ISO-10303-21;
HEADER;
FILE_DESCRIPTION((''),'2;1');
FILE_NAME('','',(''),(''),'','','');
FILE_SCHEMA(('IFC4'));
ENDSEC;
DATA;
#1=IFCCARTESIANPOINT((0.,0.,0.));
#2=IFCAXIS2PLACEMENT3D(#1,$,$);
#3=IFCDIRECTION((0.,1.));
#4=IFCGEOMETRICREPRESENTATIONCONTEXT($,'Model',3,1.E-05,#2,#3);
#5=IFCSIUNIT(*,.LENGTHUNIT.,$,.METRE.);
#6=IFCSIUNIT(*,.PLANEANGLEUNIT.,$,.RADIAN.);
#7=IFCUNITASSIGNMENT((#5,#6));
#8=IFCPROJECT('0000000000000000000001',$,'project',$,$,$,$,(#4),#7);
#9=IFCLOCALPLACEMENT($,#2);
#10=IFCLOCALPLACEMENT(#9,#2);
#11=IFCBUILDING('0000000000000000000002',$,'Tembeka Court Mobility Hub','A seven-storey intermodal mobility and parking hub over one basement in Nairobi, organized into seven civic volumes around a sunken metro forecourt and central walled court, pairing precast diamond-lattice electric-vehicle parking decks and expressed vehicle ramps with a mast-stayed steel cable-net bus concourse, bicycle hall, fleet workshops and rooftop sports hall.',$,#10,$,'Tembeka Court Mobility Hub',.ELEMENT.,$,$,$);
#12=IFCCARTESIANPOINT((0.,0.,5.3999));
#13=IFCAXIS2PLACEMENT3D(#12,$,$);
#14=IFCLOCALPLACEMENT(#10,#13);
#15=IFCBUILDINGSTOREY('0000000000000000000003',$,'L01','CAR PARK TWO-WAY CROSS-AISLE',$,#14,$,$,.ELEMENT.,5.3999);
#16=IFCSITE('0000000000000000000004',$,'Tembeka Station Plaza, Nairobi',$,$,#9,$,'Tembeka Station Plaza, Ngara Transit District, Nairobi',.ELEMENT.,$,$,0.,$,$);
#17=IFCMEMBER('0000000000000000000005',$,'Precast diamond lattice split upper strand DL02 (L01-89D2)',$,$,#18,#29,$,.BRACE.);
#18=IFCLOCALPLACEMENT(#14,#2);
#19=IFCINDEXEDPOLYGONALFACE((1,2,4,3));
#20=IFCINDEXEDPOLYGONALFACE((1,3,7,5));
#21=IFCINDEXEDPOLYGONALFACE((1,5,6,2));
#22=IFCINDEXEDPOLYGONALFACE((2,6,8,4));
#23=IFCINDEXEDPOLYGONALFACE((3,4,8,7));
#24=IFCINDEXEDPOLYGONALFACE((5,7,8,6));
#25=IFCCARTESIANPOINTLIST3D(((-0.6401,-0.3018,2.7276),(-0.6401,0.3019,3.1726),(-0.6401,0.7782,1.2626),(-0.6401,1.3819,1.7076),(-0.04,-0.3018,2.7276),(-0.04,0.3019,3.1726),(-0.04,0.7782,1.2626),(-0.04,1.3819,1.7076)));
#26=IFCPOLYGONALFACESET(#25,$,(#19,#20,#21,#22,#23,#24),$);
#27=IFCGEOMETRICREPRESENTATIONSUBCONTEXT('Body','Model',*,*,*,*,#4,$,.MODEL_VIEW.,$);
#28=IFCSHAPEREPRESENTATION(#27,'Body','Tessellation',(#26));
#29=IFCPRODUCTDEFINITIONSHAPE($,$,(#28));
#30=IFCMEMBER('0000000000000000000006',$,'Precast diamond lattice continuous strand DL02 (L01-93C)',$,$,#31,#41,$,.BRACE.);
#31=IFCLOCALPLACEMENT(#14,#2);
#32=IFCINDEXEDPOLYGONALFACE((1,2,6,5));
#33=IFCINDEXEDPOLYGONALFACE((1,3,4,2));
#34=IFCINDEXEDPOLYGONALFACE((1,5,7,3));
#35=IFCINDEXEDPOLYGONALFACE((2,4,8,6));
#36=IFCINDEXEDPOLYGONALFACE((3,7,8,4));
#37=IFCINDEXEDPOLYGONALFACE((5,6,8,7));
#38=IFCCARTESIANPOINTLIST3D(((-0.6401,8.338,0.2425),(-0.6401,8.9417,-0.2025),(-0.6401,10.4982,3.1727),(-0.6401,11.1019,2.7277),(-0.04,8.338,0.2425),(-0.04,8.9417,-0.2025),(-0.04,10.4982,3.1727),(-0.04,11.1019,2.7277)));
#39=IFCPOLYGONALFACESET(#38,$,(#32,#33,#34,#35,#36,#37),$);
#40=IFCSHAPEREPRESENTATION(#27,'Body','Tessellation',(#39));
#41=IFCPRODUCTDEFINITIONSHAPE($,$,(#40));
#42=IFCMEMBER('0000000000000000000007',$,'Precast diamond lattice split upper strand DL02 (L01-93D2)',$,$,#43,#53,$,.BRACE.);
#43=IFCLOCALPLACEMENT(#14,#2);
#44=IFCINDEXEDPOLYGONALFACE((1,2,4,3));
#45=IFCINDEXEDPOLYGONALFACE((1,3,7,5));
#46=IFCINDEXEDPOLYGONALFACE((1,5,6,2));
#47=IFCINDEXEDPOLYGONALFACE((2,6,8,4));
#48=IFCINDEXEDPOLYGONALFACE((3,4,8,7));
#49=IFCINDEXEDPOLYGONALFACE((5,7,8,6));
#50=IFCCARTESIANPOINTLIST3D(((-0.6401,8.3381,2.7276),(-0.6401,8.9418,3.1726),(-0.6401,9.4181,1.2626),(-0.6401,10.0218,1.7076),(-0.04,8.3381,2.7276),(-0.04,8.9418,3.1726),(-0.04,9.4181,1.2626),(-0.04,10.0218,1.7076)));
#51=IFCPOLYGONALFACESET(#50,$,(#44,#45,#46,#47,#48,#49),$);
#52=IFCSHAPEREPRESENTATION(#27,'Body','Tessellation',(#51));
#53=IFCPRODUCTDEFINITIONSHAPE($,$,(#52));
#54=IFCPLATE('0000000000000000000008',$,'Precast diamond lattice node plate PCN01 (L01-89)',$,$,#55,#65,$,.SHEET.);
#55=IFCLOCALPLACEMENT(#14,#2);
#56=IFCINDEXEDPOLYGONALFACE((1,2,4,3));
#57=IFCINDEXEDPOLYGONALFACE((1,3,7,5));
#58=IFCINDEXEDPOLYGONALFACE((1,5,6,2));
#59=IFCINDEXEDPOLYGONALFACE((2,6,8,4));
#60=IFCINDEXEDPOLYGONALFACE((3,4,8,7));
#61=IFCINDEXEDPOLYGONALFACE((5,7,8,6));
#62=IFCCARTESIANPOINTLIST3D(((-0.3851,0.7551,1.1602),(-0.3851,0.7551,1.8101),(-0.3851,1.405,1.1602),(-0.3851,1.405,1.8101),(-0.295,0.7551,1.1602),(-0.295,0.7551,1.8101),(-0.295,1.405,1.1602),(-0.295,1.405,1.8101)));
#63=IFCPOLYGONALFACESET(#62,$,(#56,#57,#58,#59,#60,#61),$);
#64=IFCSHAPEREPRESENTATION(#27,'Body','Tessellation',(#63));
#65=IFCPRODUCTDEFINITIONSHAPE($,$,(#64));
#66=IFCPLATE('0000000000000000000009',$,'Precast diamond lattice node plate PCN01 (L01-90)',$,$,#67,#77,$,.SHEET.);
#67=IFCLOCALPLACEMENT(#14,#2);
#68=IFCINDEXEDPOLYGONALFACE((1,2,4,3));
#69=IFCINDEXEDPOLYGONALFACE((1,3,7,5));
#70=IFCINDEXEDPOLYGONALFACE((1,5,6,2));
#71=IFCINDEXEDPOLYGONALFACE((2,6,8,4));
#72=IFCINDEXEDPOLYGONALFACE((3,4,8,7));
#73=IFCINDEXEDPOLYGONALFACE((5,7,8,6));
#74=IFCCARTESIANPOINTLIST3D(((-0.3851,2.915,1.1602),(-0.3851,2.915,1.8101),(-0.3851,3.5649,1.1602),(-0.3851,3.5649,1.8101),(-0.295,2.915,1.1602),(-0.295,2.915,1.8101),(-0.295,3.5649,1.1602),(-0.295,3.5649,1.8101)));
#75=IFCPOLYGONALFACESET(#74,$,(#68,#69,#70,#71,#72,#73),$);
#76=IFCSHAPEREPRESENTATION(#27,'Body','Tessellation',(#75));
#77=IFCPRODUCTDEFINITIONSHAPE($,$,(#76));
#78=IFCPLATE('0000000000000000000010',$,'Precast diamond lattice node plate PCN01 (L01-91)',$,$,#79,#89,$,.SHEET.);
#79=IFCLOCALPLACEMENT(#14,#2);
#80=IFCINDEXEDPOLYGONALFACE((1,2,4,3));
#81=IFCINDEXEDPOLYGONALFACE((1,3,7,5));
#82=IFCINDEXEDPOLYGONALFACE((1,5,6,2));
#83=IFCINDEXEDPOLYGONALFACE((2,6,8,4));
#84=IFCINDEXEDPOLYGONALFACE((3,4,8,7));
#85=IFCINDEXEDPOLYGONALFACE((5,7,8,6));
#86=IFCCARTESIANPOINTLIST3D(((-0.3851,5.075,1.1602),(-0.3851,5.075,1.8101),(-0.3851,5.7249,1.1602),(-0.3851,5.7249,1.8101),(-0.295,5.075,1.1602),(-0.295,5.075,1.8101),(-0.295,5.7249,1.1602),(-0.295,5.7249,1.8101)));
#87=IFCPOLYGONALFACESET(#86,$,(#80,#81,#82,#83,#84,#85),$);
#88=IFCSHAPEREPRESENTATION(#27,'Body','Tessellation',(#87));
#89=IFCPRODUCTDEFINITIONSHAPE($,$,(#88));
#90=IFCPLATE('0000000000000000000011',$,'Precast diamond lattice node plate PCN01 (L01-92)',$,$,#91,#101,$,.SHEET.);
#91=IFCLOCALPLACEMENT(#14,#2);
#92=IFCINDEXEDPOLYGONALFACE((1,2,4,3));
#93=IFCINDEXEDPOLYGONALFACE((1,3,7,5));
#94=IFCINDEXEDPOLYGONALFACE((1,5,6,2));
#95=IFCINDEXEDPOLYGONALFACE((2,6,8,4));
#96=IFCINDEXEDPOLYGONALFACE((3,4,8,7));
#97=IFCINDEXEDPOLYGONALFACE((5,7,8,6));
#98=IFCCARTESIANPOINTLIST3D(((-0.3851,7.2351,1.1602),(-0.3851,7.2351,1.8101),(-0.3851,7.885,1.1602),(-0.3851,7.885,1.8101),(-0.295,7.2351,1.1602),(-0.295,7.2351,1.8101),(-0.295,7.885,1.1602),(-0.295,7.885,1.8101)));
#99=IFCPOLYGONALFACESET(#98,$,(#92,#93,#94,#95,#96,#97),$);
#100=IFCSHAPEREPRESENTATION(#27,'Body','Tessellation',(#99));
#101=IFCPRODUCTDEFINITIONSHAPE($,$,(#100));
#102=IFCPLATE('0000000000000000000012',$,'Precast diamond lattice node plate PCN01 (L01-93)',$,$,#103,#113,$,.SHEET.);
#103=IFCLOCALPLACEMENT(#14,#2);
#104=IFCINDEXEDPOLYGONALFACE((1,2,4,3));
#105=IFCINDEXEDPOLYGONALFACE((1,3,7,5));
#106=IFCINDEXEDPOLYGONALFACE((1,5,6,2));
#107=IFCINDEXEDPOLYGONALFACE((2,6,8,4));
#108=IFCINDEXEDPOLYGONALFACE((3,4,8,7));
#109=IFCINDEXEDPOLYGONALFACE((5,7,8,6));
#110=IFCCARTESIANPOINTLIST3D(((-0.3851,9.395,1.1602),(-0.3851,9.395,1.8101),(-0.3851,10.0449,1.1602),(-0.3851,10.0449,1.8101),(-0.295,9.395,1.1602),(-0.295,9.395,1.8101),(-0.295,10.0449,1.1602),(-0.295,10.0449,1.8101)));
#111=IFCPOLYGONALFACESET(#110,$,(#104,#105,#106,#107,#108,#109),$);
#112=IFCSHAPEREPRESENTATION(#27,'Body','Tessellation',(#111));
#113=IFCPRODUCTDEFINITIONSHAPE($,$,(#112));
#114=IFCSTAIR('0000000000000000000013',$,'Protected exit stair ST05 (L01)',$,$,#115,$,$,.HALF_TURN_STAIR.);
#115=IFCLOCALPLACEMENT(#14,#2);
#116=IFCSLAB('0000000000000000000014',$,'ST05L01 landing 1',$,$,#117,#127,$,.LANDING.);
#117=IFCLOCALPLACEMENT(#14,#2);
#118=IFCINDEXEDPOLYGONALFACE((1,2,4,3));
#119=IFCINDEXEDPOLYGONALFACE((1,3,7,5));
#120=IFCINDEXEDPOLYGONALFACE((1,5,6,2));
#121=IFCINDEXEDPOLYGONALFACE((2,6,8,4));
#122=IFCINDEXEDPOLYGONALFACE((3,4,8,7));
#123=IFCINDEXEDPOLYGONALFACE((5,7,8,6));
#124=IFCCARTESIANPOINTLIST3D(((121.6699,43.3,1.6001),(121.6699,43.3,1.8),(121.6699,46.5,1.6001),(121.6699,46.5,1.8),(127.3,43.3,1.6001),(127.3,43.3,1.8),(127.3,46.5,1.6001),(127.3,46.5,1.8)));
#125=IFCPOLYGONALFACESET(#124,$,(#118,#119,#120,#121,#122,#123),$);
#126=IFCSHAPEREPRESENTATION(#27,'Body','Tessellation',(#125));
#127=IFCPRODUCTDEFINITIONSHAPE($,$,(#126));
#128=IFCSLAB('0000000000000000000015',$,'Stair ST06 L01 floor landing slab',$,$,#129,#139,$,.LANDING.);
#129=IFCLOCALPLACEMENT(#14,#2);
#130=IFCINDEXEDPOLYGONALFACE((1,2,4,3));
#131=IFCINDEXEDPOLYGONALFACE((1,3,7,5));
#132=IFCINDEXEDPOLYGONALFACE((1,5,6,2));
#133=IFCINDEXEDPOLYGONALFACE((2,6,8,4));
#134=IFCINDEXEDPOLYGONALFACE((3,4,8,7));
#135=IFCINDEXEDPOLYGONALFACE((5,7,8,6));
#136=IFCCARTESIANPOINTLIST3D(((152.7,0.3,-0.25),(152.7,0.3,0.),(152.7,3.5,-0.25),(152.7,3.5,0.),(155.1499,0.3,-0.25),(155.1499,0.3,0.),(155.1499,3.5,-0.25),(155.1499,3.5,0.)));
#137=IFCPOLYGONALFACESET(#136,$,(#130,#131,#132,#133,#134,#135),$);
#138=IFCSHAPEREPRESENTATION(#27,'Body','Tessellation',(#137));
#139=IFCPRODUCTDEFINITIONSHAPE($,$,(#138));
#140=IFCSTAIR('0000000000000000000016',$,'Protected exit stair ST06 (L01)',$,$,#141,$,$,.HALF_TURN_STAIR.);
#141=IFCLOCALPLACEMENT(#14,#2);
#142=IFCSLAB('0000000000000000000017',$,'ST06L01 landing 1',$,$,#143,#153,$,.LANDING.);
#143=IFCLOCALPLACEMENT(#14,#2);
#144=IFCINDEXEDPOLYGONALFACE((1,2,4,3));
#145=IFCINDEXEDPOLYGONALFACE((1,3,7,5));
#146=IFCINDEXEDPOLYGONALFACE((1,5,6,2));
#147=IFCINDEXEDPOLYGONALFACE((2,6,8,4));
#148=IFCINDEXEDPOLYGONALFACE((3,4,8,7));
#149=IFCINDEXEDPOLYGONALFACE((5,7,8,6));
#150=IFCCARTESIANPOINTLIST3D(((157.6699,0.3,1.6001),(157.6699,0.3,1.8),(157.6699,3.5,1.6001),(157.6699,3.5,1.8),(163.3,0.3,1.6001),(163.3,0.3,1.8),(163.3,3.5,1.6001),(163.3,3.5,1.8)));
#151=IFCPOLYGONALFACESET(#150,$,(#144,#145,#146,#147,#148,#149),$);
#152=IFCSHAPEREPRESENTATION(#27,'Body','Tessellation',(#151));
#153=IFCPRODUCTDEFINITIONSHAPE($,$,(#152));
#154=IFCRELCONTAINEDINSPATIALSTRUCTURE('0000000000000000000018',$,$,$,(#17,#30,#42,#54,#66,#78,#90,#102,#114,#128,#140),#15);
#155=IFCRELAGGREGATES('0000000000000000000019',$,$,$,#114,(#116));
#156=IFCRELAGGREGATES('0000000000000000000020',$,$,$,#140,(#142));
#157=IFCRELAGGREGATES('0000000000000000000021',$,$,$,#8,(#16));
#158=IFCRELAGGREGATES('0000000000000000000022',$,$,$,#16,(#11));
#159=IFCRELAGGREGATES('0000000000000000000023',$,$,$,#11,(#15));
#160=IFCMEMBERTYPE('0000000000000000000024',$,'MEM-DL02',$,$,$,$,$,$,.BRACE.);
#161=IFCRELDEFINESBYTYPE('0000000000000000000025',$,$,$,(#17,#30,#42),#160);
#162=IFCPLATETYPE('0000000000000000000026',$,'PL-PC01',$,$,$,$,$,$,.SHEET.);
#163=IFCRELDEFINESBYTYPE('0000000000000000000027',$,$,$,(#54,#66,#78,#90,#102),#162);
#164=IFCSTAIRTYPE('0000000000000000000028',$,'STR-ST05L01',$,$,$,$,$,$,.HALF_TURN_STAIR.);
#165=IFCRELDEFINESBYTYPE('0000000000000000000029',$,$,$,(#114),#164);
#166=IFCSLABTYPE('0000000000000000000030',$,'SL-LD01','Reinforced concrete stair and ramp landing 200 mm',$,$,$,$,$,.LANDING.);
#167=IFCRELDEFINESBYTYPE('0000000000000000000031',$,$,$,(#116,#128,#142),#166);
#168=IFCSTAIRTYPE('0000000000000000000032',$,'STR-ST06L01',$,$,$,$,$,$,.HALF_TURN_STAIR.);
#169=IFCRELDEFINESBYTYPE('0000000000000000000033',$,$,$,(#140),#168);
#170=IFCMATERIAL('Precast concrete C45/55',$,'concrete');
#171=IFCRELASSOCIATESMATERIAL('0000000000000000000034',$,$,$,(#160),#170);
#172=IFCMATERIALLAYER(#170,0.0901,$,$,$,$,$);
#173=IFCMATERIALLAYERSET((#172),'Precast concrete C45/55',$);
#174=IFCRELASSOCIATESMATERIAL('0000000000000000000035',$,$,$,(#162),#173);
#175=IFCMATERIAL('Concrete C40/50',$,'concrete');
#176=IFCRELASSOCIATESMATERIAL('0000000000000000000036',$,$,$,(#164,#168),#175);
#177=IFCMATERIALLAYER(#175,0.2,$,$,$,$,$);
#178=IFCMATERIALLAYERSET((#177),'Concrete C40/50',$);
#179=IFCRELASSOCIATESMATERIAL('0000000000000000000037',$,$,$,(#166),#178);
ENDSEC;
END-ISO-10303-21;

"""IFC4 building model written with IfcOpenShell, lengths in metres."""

from ifc_helpers import new_model, si_unit, direction, frame, origin, origin_2d, place, context, subcontext, project, spatial, polyline, rectangle, outline, extrude, material, layer, layer_set, material_profile, profile_set, type_object, element, aggregate, save


model = new_model("IFC4")

# Units and contexts
model_context = context("Model", 3, precision=1e-05, world=origin(), true_north=direction((0.0, 1.0)))
body_context = subcontext(model_context, "Body", "Model", "MODEL_VIEW")
ifc_project = project(units=[si_unit("LENGTHUNIT", "METRE"), si_unit("PLANEANGLEUNIT", "RADIAN")], contexts=[model_context])

# Site, building, storey
site_placement = place(None, origin())
site = spatial("IfcSite", under=ifc_project, at=site_placement, Name="Tembeka Station Plaza, Nairobi", LongName="Tembeka Station Plaza, Ngara Transit District, Nairobi", CompositionType="ELEMENT", RefElevation=0.0)
building_placement = place(site_placement, origin())
building = spatial("IfcBuilding", under=site, at=building_placement, Name="Tembeka Court Mobility Hub", Description="A seven-storey intermodal mobility and parking hub over one basement in Nairobi, organized into seven civic volumes around a sunken metro forecourt and central walled court, pairing precast diamond-lattice electric-vehicle parking decks and expressed vehicle ramps with a mast-stayed steel cable-net bus concourse, bicycle hall, fleet workshops and rooftop sports hall.", LongName="Tembeka Court Mobility Hub", CompositionType="ELEMENT")
storey_placement = place(building_placement, frame((0.0, 0.0, 5.3999)))
storey = spatial("IfcBuildingStorey", under=building, at=storey_placement, Name="L01", Description="CAR PARK TWO-WAY CROSS-AISLE", CompositionType="ELEMENT", Elevation=5.3999)

# Members
ifc_material_1 = material(Name="Precast concrete C45/55", Category="concrete")
ifc_material_profile_1 = material_profile(ifc_material_1, rectangle(XDim=0.6001, YDim=0.75, at=origin_2d()), Name="PC-DIAG 600x750")
ifc_profile_set_1 = profile_set([ifc_material_profile_1], Name="Precast concrete C45/55")
member_type_1 = type_object("IfcMemberType", Name="MEM-DL02", PredefinedType="BRACE", material=ifc_profile_set_1)
for number, where, z_axis, x_axis, name in (
    (1, (-0.3401, 1.0801, 1.4851), (0.0, -0.593391, 0.804914), (1.0, 0.0, 0.0), "Precast diamond lattice split upper strand DL02 (L01-89D2)"),
):
    element("IfcMember", number, at=place(storey_placement, frame(where, z_axis=z_axis, x_axis=x_axis)), inside=storey, type_object=member_type_1, Name=name, PredefinedType="BRACE", context=body_context, shape_type="SweptSolid", body=[
        extrude(rectangle(XDim=0.6001, YDim=0.75, at=origin_2d()), origin(), (0.0, 0.0, 1.0), 1.8201),
    ])
member_1_placement = place(storey_placement, frame((-0.3401, 8.6399, 0.02), z_axis=(0.0, 0.593391, 0.804914), x_axis=(-1.0, 0.0, 0.0)))
element("IfcMember", 2, at=member_1_placement, inside=storey, type_object=member_type_1, Name="Precast diamond lattice continuous strand DL02 (L01-93C)", PredefinedType="BRACE", context=body_context, shape_type="SweptSolid", body=[
    extrude(rectangle(XDim=0.6001, YDim=0.75, at=origin_2d()), origin(), (0.0, 0.0, 1.0), 3.6404),
])
member_2_placement = place(storey_placement, frame((-0.3401, 9.72, 1.4851), z_axis=(0.0, -0.593391, 0.804914), x_axis=(1.0, 0.0, 0.0)))
element("IfcMember", 3, at=member_2_placement, inside=storey, type_object=member_type_1, Name="Precast diamond lattice split upper strand DL02 (L01-93D2)", PredefinedType="BRACE", context=body_context, shape_type="SweptSolid", body=[
    extrude(rectangle(XDim=0.6001, YDim=0.75, at=origin_2d()), origin(), (0.0, 0.0, 1.0), 1.8201),
])

# Plates
ifc_layer_1 = layer(ifc_material_1, 0.0901)
ifc_layer_set_1 = layer_set([ifc_layer_1], Name="Precast concrete C45/55")
plate_type = type_object("IfcPlateType", Name="PL-PC01", PredefinedType="SHEET", material=ifc_layer_set_1)
for number, where, z_axis, x_axis, name in (
    (4, (-0.3401, 1.0801, 1.1602), (0.0, 0.0, 1.0), (1.0, 0.0, 0.0), "Precast diamond lattice node plate PCN01 (L01-89)"),
    (5, (-0.3401, 3.24, 1.1602), (0.0, 0.0, 1.0), (1.0, 0.0, 0.0), "Precast diamond lattice node plate PCN01 (L01-90)"),
    (6, (-0.3401, 5.3999, 1.1602), (0.0, 0.0, 1.0), (1.0, 0.0, 0.0), "Precast diamond lattice node plate PCN01 (L01-91)"),
    (7, (-0.3401, 7.5601, 1.1602), (0.0, 0.0, 1.0), (1.0, 0.0, 0.0), "Precast diamond lattice node plate PCN01 (L01-92)"),
    (8, (-0.3401, 9.72, 1.1602), (0.0, 0.0, 1.0), (1.0, 0.0, 0.0), "Precast diamond lattice node plate PCN01 (L01-93)"),
):
    element("IfcPlate", number, at=place(storey_placement, frame(where, z_axis=z_axis, x_axis=x_axis)), inside=storey, type_object=plate_type, Name=name, PredefinedType="SHEET", context=body_context, shape_type="SweptSolid", body=[
        extrude(rectangle(XDim=0.0901, YDim=0.6499, at=origin_2d()), origin(), (0.0, 0.0, 1.0), 0.6499),
    ])

# Stair, slab
ifc_material_2 = material(Name="Concrete C40/50", Category="concrete")
stair_type_1 = type_object("IfcStairType", Name="STR-ST05L01", PredefinedType="HALF_TURN_STAIR", material=ifc_material_2)
stair_1_placement = place(storey_placement, origin())
stair_1 = element("IfcStair", 9, at=stair_1_placement, inside=storey, type_object=stair_type_1, Name="Protected exit stair ST05 (L01)", PredefinedType="HALF_TURN_STAIR")
ifc_layer_2 = layer(ifc_material_2, 0.2)
ifc_layer_set_2 = layer_set([ifc_layer_2], Name="Concrete C40/50")
slab_type = type_object("IfcSlabType", Name="SL-LD01", Description="Reinforced concrete stair and ramp landing 200 mm", PredefinedType="LANDING", material=ifc_layer_set_2)
slab_1_placement = place(storey_placement, frame((0.0, 0.0, 1.6001)))
slab_1 = element("IfcSlab", 10, at=slab_1_placement, type_object=slab_type, Name="ST05L01 landing 1", PredefinedType="LANDING", context=body_context, shape_type="SweptSolid", body=[
    extrude(outline(polyline([(121.6699, 43.3), (127.3, 43.3), (127.3, 46.5), (121.6699, 46.5), (121.6699, 43.3)])), origin(), (0.0, 0.0, 1.0), 0.2),
])
aggregate(stair_1, [slab_1])

# Slab
slab_2_placement = place(storey_placement, frame((0.0, 0.0, -0.25)))
element("IfcSlab", 11, at=slab_2_placement, inside=storey, type_object=slab_type, Name="Stair ST06 L01 floor landing slab", PredefinedType="LANDING", context=body_context, shape_type="SweptSolid", body=[
    extrude(outline(polyline([(152.7, 0.3), (155.1499, 0.3), (155.1499, 3.5), (152.7, 3.5), (152.7, 0.3)])), origin(), (0.0, 0.0, 1.0), 0.25),
])

# Stair, slab
stair_type_2 = type_object("IfcStairType", Name="STR-ST06L01", PredefinedType="HALF_TURN_STAIR", material=ifc_material_2)
stair_2_placement = place(storey_placement, origin())
stair_2 = element("IfcStair", 12, at=stair_2_placement, inside=storey, type_object=stair_type_2, Name="Protected exit stair ST06 (L01)", PredefinedType="HALF_TURN_STAIR")
slab_3_placement = place(storey_placement, frame((0.0, 0.0, 1.6001)))
slab_3 = element("IfcSlab", 13, at=slab_3_placement, type_object=slab_type, Name="ST06L01 landing 1", PredefinedType="LANDING", context=body_context, shape_type="SweptSolid", body=[
    extrude(outline(polyline([(157.6699, 0.3), (163.3, 0.3), (163.3, 3.5), (157.6699, 3.5), (157.6699, 0.3)])), origin(), (0.0, 0.0, 1.0), 0.2),
])
aggregate(stair_2, [slab_3])

save(model, "model.ifc")
